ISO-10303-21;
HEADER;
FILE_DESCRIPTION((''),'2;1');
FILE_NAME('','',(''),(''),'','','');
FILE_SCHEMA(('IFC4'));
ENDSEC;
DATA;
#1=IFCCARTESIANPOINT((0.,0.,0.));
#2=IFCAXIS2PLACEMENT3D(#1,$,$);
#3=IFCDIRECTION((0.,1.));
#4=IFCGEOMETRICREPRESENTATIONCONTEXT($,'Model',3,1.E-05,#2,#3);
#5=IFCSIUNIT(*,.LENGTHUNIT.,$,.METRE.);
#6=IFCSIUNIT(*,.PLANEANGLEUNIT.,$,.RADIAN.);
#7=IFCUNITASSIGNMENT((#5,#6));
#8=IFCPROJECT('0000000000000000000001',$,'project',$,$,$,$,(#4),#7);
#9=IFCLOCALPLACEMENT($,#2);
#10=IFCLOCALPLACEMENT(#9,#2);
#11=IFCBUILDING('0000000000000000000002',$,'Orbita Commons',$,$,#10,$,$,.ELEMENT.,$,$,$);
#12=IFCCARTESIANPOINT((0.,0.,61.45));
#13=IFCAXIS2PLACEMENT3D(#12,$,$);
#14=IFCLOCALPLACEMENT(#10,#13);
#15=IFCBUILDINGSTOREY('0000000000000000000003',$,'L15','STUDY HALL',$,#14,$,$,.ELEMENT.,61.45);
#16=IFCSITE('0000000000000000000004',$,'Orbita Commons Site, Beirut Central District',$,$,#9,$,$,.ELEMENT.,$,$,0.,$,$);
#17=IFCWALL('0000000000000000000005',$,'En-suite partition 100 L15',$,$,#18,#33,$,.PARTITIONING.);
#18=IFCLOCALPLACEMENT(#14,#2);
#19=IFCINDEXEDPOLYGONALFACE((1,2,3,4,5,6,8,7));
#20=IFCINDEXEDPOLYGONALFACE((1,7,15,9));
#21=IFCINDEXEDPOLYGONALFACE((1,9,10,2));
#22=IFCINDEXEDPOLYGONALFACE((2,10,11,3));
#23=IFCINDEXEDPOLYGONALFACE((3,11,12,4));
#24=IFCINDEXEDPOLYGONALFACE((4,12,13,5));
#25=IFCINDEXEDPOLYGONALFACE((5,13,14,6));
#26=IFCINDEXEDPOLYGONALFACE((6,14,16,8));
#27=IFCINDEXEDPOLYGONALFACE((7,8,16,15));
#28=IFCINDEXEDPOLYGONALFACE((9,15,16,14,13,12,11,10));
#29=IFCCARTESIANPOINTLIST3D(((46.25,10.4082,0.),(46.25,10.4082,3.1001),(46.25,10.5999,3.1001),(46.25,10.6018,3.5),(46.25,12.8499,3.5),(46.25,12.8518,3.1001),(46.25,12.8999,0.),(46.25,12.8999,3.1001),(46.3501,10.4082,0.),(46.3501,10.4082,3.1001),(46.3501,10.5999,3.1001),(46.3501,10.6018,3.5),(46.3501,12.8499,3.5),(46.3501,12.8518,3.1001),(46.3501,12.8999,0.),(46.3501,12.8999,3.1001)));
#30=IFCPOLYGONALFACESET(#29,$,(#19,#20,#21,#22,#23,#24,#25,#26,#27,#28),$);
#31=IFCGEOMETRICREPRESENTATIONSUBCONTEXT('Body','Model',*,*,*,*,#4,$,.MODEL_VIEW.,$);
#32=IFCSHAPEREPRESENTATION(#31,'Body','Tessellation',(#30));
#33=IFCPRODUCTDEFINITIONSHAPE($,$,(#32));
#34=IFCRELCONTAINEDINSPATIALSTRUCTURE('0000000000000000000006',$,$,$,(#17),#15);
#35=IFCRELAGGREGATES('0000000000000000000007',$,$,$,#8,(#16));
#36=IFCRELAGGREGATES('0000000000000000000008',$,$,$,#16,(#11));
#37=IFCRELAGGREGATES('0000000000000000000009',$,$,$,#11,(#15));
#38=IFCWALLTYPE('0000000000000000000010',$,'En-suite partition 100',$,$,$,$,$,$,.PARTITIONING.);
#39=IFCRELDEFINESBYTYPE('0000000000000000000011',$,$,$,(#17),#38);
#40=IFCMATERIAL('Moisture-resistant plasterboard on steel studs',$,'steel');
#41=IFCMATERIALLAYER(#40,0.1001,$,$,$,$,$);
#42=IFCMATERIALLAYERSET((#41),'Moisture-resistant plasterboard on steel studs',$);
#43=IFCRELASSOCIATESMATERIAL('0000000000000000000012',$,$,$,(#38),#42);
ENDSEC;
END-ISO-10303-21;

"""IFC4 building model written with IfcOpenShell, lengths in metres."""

from ifc_helpers import new_model, si_unit, direction, frame, origin, place, context, subcontext, project, spatial, polyline, outline, extrude, material, layer, layer_set, type_object, element, save


model = new_model("IFC4")

# Units and contexts
model_context = context("Model", 3, precision=1e-05, world=origin(), true_north=direction((0.0, 1.0)))
body_context = subcontext(model_context, "Body", "Model", "MODEL_VIEW")
ifc_project = project(units=[si_unit("LENGTHUNIT", "METRE"), si_unit("PLANEANGLEUNIT", "RADIAN")], contexts=[model_context])

# Site, building, storey
site_placement = place(None, origin())
site = spatial("IfcSite", under=ifc_project, at=site_placement, Name="Orbita Commons Site, Beirut Central District", CompositionType="ELEMENT", RefElevation=0.0)
building_placement = place(site_placement, origin())
building = spatial("IfcBuilding", under=site, at=building_placement, Name="Orbita Commons", CompositionType="ELEMENT")
storey_placement = place(building_placement, frame((0.0, 0.0, 61.45)))
storey = spatial("IfcBuildingStorey", under=building, at=storey_placement, Name="L15", Description="STUDY HALL", CompositionType="ELEMENT", Elevation=61.45)

# Shared definitions
ifc_material_1 = material(Name="Moisture-resistant plasterboard on steel studs", Category="steel")
ifc_layer_1 = layer(ifc_material_1, 0.1001)
ifc_layer_set_1 = layer_set([ifc_layer_1], Name="Moisture-resistant plasterboard on steel studs")
wall_type_1 = type_object("IfcWallType", Name="En-suite partition 100", PredefinedType="PARTITIONING", material=ifc_layer_set_1)

# Wall
wall_1_placement = place(storey_placement, frame((46.3, 10.4082, 0.0), z_axis=(0.0, 0.0, 1.0), x_axis=(0.0, 1.0, 0.0)))
element("IfcWall", 1, at=wall_1_placement, inside=storey, type_object=wall_type_1, Name="En-suite partition 100 L15", PredefinedType="PARTITIONING", context=body_context, shape_type="SweptSolid", body=[
    extrude(outline(polyline([(0.0, 0.0), (2.4917, 0.0), (2.4917, 3.1001), (2.4436, 3.1001), (2.4417, 3.5), (0.1936, 3.5), (0.1917, 3.1001), (0.0, 3.1001), (0.0, 0.0)])), frame((0.0, 0.05, 0.0), z_axis=(0.0, -1.0, 0.0), x_axis=(1.0, 0.0, 0.0)), (0.0, 0.0, 1.0), 0.1001),
])

save(model, "model.ifc")
